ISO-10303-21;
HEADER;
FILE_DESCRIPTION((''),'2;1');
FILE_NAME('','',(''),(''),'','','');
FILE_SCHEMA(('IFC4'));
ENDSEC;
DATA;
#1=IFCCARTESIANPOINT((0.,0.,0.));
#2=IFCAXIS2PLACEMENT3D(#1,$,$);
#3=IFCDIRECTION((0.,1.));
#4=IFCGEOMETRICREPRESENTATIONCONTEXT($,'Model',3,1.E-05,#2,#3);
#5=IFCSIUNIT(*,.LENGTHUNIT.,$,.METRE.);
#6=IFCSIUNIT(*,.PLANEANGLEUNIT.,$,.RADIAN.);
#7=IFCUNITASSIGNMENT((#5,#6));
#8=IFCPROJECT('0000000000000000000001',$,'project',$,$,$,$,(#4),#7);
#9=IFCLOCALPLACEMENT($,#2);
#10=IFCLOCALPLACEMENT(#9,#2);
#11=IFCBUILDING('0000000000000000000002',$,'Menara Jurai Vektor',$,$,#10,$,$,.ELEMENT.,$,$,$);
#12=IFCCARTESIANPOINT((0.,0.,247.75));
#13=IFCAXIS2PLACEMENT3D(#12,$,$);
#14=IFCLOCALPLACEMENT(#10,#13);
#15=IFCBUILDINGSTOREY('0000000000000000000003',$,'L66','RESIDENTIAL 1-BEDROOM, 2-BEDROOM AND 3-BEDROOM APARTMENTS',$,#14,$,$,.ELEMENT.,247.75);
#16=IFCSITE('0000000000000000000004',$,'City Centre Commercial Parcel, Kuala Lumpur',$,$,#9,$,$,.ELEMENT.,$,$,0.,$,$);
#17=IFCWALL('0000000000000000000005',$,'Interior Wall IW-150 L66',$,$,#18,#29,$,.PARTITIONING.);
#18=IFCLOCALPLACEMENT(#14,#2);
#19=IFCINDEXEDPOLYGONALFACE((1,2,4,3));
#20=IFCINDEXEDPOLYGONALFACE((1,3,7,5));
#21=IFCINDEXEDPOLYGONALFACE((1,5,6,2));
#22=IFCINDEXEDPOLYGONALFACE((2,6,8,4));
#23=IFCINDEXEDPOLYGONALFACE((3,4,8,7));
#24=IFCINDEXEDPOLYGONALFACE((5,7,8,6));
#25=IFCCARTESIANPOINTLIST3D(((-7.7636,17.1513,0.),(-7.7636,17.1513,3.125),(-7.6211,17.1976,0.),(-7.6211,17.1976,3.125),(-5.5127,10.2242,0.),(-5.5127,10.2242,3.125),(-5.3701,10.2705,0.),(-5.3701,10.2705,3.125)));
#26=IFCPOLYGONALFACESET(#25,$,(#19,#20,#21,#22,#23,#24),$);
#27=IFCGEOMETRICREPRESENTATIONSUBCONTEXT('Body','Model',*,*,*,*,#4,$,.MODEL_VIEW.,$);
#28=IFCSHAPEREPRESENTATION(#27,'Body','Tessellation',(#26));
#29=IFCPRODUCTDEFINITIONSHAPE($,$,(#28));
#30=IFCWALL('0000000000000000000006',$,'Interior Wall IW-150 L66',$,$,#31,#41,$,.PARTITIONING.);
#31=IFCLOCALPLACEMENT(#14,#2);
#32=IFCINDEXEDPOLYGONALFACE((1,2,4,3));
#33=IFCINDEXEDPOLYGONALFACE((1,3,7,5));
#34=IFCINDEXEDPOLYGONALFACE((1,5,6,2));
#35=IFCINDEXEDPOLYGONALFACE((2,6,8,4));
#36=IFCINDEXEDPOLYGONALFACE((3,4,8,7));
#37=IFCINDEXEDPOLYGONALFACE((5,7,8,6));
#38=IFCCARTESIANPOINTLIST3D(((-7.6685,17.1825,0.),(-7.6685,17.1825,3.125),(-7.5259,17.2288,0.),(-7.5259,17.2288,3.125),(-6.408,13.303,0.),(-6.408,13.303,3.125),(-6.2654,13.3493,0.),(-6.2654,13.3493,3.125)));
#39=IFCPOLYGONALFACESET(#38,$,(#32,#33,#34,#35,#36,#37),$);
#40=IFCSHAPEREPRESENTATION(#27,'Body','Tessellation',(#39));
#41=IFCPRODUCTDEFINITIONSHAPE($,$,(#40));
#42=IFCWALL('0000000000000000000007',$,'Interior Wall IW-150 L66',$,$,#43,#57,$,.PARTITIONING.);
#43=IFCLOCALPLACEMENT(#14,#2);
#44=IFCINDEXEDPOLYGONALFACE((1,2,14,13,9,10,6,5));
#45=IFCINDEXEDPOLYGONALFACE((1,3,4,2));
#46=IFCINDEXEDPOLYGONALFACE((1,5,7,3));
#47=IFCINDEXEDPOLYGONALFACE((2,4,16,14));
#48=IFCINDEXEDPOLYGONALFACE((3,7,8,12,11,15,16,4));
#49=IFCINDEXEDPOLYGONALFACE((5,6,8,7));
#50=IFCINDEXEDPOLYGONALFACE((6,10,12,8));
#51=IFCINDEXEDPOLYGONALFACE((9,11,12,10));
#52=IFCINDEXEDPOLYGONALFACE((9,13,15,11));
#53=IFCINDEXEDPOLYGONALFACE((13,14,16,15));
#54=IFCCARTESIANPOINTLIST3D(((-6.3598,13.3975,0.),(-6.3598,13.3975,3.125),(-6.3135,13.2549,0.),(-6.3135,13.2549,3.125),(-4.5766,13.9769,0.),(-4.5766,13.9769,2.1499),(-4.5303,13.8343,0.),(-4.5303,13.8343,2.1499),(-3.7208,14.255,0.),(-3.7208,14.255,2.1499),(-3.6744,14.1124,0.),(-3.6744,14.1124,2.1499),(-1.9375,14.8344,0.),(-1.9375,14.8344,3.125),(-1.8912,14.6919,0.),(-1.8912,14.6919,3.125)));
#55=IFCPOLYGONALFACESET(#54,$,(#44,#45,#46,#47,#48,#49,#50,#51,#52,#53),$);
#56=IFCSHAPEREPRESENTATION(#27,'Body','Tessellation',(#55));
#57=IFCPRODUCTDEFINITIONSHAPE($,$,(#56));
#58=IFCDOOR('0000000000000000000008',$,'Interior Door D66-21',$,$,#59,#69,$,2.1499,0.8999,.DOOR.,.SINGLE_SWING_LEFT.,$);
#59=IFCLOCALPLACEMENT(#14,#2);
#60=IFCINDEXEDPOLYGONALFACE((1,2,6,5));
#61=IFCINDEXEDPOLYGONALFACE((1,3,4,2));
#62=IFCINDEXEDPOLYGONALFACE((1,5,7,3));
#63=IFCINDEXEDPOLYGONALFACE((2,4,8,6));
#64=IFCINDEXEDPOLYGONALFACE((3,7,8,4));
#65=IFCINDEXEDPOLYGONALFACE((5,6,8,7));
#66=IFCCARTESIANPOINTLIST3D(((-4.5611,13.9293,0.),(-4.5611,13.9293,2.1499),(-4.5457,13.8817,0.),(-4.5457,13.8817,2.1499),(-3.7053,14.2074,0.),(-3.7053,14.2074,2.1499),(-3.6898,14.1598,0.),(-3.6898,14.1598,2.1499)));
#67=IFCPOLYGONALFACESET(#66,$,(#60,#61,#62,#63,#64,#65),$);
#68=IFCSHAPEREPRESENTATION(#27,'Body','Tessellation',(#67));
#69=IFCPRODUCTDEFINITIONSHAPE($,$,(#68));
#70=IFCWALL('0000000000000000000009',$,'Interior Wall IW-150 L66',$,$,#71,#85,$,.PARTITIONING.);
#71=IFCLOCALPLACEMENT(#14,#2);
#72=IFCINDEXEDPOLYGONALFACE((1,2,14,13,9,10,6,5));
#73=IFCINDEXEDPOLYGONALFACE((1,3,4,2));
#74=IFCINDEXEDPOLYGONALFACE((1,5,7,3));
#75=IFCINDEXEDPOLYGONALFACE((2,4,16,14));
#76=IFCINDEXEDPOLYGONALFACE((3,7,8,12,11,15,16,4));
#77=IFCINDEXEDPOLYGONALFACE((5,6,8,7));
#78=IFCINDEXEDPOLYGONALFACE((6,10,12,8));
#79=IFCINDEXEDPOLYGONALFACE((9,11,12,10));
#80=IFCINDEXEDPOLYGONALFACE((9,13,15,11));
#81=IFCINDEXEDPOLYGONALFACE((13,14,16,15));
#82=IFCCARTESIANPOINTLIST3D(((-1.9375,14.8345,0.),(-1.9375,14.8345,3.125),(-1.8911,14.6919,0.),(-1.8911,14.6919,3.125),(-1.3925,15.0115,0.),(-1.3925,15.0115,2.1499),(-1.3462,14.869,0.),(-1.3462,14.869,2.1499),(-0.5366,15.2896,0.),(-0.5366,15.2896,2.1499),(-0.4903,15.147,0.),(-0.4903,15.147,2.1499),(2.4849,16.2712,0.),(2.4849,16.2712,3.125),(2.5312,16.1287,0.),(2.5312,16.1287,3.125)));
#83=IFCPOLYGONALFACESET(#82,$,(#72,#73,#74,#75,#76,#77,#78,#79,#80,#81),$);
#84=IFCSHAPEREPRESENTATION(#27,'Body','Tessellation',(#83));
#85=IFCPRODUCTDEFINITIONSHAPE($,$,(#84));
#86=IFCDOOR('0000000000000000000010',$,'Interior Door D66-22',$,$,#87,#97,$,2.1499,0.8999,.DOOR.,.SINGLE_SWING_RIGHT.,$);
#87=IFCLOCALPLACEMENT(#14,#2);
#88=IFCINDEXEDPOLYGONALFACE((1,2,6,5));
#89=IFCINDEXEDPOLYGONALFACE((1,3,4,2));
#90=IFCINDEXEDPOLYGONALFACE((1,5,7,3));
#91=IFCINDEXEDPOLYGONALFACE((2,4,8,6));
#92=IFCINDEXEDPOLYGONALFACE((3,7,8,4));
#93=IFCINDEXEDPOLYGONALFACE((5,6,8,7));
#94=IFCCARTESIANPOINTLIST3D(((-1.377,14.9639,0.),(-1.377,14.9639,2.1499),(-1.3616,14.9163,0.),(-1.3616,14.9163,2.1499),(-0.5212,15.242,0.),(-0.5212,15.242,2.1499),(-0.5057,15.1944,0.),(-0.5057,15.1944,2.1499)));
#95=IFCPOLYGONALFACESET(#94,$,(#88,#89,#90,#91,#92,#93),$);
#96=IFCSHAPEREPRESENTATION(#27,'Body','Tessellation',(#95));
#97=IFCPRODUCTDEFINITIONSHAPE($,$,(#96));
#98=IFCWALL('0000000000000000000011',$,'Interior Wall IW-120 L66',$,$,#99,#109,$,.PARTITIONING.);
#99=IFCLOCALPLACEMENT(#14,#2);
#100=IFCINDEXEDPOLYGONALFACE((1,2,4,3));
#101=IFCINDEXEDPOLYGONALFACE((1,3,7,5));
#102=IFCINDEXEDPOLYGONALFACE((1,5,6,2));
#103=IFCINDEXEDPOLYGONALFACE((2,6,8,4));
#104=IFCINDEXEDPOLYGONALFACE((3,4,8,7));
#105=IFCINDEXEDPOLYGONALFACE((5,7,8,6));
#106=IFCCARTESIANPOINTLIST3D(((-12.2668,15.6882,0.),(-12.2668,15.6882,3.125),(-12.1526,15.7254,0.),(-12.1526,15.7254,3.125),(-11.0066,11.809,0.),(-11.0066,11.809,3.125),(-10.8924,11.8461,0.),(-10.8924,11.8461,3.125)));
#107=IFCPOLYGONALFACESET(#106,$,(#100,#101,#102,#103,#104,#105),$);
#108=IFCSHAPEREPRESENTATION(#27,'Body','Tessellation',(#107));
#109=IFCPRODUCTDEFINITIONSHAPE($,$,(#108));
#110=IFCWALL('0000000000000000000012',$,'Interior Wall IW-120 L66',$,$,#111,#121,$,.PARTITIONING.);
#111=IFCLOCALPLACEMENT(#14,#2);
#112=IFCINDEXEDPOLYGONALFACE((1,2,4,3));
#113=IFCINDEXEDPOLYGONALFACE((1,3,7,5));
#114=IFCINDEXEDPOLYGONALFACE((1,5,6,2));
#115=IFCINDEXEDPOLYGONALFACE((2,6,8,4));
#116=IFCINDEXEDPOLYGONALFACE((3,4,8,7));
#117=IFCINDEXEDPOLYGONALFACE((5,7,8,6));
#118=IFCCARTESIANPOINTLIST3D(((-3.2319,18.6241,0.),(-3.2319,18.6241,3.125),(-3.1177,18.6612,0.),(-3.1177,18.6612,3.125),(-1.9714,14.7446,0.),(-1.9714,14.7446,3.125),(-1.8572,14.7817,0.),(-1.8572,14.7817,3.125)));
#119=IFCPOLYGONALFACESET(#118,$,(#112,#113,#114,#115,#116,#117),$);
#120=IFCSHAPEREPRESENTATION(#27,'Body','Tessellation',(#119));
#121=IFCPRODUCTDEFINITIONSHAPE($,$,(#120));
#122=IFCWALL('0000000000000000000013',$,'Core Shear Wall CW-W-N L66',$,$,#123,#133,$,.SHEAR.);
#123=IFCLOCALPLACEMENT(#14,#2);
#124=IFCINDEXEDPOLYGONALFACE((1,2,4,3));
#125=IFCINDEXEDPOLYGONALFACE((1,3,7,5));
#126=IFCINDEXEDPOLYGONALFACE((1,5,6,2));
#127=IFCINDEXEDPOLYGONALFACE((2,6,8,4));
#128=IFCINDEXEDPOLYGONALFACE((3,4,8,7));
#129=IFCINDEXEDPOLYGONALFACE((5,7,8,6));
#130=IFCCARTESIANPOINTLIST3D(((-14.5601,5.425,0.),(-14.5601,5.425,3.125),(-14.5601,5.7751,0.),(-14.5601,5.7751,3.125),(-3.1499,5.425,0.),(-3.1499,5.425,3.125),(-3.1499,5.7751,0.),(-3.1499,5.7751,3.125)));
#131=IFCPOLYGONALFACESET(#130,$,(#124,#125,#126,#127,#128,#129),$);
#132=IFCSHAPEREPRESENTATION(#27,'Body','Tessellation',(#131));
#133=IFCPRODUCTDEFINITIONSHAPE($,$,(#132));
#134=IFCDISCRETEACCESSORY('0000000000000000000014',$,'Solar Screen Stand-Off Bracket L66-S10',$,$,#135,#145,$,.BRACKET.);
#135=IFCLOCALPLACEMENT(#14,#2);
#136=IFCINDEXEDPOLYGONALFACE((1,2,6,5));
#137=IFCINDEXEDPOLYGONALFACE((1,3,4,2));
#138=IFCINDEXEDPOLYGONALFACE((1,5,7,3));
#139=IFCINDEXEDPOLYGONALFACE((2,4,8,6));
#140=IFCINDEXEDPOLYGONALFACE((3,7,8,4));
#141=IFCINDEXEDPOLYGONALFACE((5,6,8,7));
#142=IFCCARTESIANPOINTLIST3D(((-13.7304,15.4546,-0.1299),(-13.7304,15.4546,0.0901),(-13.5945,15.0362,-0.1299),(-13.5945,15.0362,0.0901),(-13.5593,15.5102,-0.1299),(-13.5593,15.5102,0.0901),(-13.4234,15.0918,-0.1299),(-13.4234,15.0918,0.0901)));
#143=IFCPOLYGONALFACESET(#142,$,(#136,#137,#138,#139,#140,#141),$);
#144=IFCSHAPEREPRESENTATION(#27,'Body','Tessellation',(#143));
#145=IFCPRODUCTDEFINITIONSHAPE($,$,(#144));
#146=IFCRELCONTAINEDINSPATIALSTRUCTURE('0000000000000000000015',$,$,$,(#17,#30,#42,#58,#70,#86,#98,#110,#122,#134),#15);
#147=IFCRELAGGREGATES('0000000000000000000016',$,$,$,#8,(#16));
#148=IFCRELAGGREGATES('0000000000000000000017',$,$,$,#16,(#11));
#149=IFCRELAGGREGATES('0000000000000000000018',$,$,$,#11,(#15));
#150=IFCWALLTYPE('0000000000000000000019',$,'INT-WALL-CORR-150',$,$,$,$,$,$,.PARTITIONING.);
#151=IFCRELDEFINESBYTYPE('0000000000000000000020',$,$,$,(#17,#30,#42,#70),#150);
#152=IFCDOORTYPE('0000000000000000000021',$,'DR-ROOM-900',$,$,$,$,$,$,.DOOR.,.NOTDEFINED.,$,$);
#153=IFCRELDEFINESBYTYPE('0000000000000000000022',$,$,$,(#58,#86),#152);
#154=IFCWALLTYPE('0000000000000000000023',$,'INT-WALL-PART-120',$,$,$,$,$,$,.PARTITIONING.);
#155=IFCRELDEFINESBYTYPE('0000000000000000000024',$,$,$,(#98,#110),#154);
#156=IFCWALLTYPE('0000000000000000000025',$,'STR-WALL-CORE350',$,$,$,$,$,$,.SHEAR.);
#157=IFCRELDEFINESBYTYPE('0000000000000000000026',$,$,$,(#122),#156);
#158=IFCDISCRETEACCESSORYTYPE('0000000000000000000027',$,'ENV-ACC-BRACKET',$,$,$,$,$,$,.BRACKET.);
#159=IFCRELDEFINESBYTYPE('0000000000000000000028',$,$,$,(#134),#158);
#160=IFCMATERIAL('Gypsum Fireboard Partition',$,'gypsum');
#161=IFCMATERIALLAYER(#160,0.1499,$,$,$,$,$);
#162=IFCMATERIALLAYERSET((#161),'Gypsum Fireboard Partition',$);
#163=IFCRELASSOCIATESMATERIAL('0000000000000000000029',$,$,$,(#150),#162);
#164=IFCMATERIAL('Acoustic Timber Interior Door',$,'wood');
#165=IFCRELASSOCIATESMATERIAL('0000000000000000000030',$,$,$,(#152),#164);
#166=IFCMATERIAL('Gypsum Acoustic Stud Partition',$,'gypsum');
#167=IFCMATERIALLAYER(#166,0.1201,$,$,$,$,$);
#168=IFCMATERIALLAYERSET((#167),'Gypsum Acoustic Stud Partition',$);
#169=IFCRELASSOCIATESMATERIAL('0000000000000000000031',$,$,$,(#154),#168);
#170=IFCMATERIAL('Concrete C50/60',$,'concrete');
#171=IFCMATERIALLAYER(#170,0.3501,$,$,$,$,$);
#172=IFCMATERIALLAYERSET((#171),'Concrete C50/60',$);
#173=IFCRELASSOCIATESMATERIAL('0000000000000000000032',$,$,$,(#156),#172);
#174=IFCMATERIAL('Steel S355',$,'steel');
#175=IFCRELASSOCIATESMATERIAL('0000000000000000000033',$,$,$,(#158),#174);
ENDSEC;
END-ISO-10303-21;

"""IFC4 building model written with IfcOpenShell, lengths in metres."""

from ifc_helpers import new_model, si_unit, direction, frame, frame_2d, origin, origin_2d, place, context, subcontext, project, spatial, rectangle, extrude, material, layer, layer_set, type_object, element, fill, save


model = new_model("IFC4")

# Units and contexts
model_context = context("Model", 3, precision=1e-05, world=origin(), true_north=direction((0.0, 1.0)))
body_context = subcontext(model_context, "Body", "Model", "MODEL_VIEW")
ifc_project = project(units=[si_unit("LENGTHUNIT", "METRE"), si_unit("PLANEANGLEUNIT", "RADIAN")], contexts=[model_context])

# Site, building, storey
site_placement = place(None, origin())
site = spatial("IfcSite", under=ifc_project, at=site_placement, Name="City Centre Commercial Parcel, Kuala Lumpur", CompositionType="ELEMENT", RefElevation=0.0)
building_placement = place(site_placement, origin())
building = spatial("IfcBuilding", under=site, at=building_placement, Name="Menara Jurai Vektor", CompositionType="ELEMENT")
storey_placement = place(building_placement, frame((0.0, 0.0, 247.75)))
storey = spatial("IfcBuildingStorey", under=building, at=storey_placement, Name="L66", Description="RESIDENTIAL 1-BEDROOM, 2-BEDROOM AND 3-BEDROOM APARTMENTS", CompositionType="ELEMENT", Elevation=247.75)

# Shared definitions
ifc_material_1 = material(Name="Steel S355", Category="steel")

# Shared definitions
ifc_material_2 = material(Name="Gypsum Fireboard Partition", Category="gypsum")
ifc_layer_1 = layer(ifc_material_2, 0.1499)
ifc_layer_set_1 = layer_set([ifc_layer_1], Name="Gypsum Fireboard Partition")
wall_type_1 = type_object("IfcWallType", Name="INT-WALL-CORR-150", PredefinedType="PARTITIONING", material=ifc_layer_set_1)

# Shared definitions
ifc_material_3 = material(Name="Acoustic Timber Interior Door", Category="wood")
door_type_1 = type_object("IfcDoorType", Name="DR-ROOM-900", OperationType="NOTDEFINED", PredefinedType="DOOR", material=ifc_material_3)

# Walls
wall_1_placement = place(storey_placement, frame((-5.4414, 10.2473, 0.0), z_axis=(0.0, 0.0, 1.0), x_axis=(-0.309039, 0.951049, 0.0)))
element("IfcWall", 1, at=wall_1_placement, inside=storey, type_object=wall_type_1, Name="Interior Wall IW-150 L66", PredefinedType="PARTITIONING", context=body_context, shape_type="SweptSolid", body=[
    extrude(rectangle(XDim=7.2837, YDim=0.1499, at=frame_2d((3.6418, 0.0))), origin(), (0.0, 0.0, 1.0), 3.125),
])
wall_2_placement = place(storey_placement, frame((-6.3367, 13.3262, 0.0), z_axis=(0.0, 0.0, 1.0), x_axis=(-0.309018, 0.951056, 0.0)))
element("IfcWall", 2, at=wall_2_placement, inside=storey, type_object=wall_type_1, Name="Interior Wall IW-150 L66", PredefinedType="PARTITIONING", context=body_context, shape_type="SweptSolid", body=[
    extrude(rectangle(XDim=4.0791, YDim=0.1499, at=frame_2d((2.0396, 0.0))), origin(), (0.0, 0.0, 1.0), 3.125),
])

# Walls, openings, doors
wall_3_placement = place(storey_placement, frame((-6.3367, 13.3262, 0.0), z_axis=(0.0, 0.0, 1.0), x_axis=(0.95105, 0.309036, 0.0)))
wall_3 = element("IfcWall", 3, at=wall_3_placement, inside=storey, type_object=wall_type_1, Name="Interior Wall IW-150 L66", PredefinedType="PARTITIONING", context=body_context, shape_type="SweptSolid", body=[
    extrude(rectangle(XDim=4.6499, YDim=0.1499, at=frame_2d((2.325, 0.0))), origin(), (0.0, 0.0, 1.0), 3.125),
])
opening_1_placement = place(wall_3_placement, frame((1.875, 0.0, 0.0)))
opening_1 = element("IfcOpeningElement", 4, at=opening_1_placement, cuts=wall_3, PredefinedType="OPENING", context=body_context, shape_type="SweptSolid", body=[
    extrude(rectangle(XDim=0.8999, YDim=2.1499, at=frame_2d((0.45, 1.075))), frame((0.0, 0.085, 0.0), z_axis=(0.0, -1.0, 0.0), x_axis=(1.0, 0.0, 0.0)), (0.0, 0.0, 1.0), 0.1699),
])
door_1_placement = place(opening_1_placement, origin())
door_1 = element("IfcDoor", 5, at=door_1_placement, inside=storey, type_object=door_type_1, Name="Interior Door D66-21", OperationType="SINGLE_SWING_LEFT", OverallHeight=2.1499, OverallWidth=0.8999, PredefinedType="DOOR", context=body_context, shape_type="SweptSolid", body=[
    extrude(rectangle(XDim=0.8999, YDim=2.1499, at=frame_2d((0.45, 1.075))), frame((0.0, 0.0249, 0.0), z_axis=(0.0, -1.0, 0.0), x_axis=(1.0, 0.0, 0.0)), (0.0, 0.0, 1.0), 0.05),
])
fill(opening_1, door_1)
wall_4_placement = place(storey_placement, frame((-1.9143, 14.7632, 0.0), z_axis=(0.0, 0.0, 1.0), x_axis=(0.951066, 0.308989, 0.0)))
wall_4 = element("IfcWall", 6, at=wall_4_placement, inside=storey, type_object=wall_type_1, Name="Interior Wall IW-150 L66", PredefinedType="PARTITIONING", context=body_context, shape_type="SweptSolid", body=[
    extrude(rectangle(XDim=4.6499, YDim=0.1499, at=frame_2d((2.325, 0.0))), origin(), (0.0, 0.0, 1.0), 3.125),
])
opening_2_placement = place(wall_4_placement, frame((0.573, 0.0, 0.0)))
opening_2 = element("IfcOpeningElement", 7, at=opening_2_placement, cuts=wall_4, PredefinedType="OPENING", context=body_context, shape_type="SweptSolid", body=[
    extrude(rectangle(XDim=0.8999, YDim=2.1499, at=frame_2d((0.45, 1.075))), frame((0.0, 0.085, 0.0), z_axis=(0.0, -1.0, 0.0), x_axis=(1.0, 0.0, 0.0)), (0.0, 0.0, 1.0), 0.1699),
])
door_2_placement = place(opening_2_placement, origin())
door_2 = element("IfcDoor", 8, at=door_2_placement, inside=storey, type_object=door_type_1, Name="Interior Door D66-22", OperationType="SINGLE_SWING_RIGHT", OverallHeight=2.1499, OverallWidth=0.8999, PredefinedType="DOOR", context=body_context, shape_type="SweptSolid", body=[
    extrude(rectangle(XDim=0.8999, YDim=2.1499, at=frame_2d((0.45, 1.075))), frame((0.0, 0.0249, 0.0), z_axis=(0.0, -1.0, 0.0), x_axis=(1.0, 0.0, 0.0)), (0.0, 0.0, 1.0), 0.05),
])
fill(opening_2, door_2)

# Walls
ifc_material_4 = material(Name="Gypsum Acoustic Stud Partition", Category="gypsum")
ifc_layer_2 = layer(ifc_material_4, 0.1201)
ifc_layer_set_2 = layer_set([ifc_layer_2], Name="Gypsum Acoustic Stud Partition")
wall_type_2 = type_object("IfcWallType", Name="INT-WALL-PART-120", PredefinedType="PARTITIONING", material=ifc_layer_set_2)
wall_5_placement = place(storey_placement, frame((-10.9495, 11.8274, 0.0), z_axis=(0.0, 0.0, 1.0), x_axis=(-0.308964, 0.951074, 0.0)))
element("IfcWall", 9, at=wall_5_placement, inside=storey, type_object=wall_type_2, Name="Interior Wall IW-120 L66", PredefinedType="PARTITIONING", context=body_context, shape_type="SweptSolid", body=[
    extrude(rectangle(XDim=4.0789, YDim=0.1201, at=frame_2d((2.0396, 0.0))), origin(), (0.0, 0.0, 1.0), 3.125),
])
wall_6_placement = place(storey_placement, frame((-1.9143, 14.7632, 0.0), z_axis=(0.0, 0.0, 1.0), x_axis=(-0.309018, 0.951056, 0.0)))
element("IfcWall", 10, at=wall_6_placement, inside=storey, type_object=wall_type_2, Name="Interior Wall IW-120 L66", PredefinedType="PARTITIONING", context=body_context, shape_type="SweptSolid", body=[
    extrude(rectangle(XDim=4.0791, YDim=0.1201, at=frame_2d((2.0396, 0.0))), origin(), (0.0, 0.0, 1.0), 3.125),
])
ifc_material_5 = material(Name="Concrete C50/60", Category="concrete")
ifc_layer_3 = layer(ifc_material_5, 0.3501)
ifc_layer_set_3 = layer_set([ifc_layer_3], Name="Concrete C50/60")
wall_type_3 = type_object("IfcWallType", Name="STR-WALL-CORE350", PredefinedType="SHEAR", material=ifc_layer_set_3)
wall_7_placement = place(storey_placement, frame((-14.5601, 5.6001, 0.0), z_axis=(0.0, 0.0, 1.0), x_axis=(1.0, 0.0, 0.0)))
element("IfcWall", 11, at=wall_7_placement, inside=storey, type_object=wall_type_3, Name="Core Shear Wall CW-W-N L66", PredefinedType="SHEAR", context=body_context, shape_type="SweptSolid", body=[
    extrude(rectangle(XDim=11.4102, YDim=0.3501, at=frame_2d((5.7051, 0.0))), origin(), (0.0, 0.0, 1.0), 3.125),
])

# Discrete accessory
discrete_accessory_type = type_object("IfcDiscreteAccessoryType", Name="ENV-ACC-BRACKET", PredefinedType="BRACKET", material=ifc_material_1)
discrete_accessory_placement = place(storey_placement, frame((-13.5769, 15.2732, -0.1299), z_axis=(0.0, 0.0, 1.0), x_axis=(-0.951057, -0.309017, 0.0)))
element("IfcDiscreteAccessory", 12, at=discrete_accessory_placement, inside=storey, type_object=discrete_accessory_type, Name="Solar Screen Stand-Off Bracket L66-S10", PredefinedType="BRACKET", context=body_context, shape_type="SweptSolid", body=[
    extrude(rectangle(XDim=0.1799, YDim=0.4399, at=origin_2d()), origin(), (0.0, 0.0, 1.0), 0.22),
])

save(model, "model.ifc")
